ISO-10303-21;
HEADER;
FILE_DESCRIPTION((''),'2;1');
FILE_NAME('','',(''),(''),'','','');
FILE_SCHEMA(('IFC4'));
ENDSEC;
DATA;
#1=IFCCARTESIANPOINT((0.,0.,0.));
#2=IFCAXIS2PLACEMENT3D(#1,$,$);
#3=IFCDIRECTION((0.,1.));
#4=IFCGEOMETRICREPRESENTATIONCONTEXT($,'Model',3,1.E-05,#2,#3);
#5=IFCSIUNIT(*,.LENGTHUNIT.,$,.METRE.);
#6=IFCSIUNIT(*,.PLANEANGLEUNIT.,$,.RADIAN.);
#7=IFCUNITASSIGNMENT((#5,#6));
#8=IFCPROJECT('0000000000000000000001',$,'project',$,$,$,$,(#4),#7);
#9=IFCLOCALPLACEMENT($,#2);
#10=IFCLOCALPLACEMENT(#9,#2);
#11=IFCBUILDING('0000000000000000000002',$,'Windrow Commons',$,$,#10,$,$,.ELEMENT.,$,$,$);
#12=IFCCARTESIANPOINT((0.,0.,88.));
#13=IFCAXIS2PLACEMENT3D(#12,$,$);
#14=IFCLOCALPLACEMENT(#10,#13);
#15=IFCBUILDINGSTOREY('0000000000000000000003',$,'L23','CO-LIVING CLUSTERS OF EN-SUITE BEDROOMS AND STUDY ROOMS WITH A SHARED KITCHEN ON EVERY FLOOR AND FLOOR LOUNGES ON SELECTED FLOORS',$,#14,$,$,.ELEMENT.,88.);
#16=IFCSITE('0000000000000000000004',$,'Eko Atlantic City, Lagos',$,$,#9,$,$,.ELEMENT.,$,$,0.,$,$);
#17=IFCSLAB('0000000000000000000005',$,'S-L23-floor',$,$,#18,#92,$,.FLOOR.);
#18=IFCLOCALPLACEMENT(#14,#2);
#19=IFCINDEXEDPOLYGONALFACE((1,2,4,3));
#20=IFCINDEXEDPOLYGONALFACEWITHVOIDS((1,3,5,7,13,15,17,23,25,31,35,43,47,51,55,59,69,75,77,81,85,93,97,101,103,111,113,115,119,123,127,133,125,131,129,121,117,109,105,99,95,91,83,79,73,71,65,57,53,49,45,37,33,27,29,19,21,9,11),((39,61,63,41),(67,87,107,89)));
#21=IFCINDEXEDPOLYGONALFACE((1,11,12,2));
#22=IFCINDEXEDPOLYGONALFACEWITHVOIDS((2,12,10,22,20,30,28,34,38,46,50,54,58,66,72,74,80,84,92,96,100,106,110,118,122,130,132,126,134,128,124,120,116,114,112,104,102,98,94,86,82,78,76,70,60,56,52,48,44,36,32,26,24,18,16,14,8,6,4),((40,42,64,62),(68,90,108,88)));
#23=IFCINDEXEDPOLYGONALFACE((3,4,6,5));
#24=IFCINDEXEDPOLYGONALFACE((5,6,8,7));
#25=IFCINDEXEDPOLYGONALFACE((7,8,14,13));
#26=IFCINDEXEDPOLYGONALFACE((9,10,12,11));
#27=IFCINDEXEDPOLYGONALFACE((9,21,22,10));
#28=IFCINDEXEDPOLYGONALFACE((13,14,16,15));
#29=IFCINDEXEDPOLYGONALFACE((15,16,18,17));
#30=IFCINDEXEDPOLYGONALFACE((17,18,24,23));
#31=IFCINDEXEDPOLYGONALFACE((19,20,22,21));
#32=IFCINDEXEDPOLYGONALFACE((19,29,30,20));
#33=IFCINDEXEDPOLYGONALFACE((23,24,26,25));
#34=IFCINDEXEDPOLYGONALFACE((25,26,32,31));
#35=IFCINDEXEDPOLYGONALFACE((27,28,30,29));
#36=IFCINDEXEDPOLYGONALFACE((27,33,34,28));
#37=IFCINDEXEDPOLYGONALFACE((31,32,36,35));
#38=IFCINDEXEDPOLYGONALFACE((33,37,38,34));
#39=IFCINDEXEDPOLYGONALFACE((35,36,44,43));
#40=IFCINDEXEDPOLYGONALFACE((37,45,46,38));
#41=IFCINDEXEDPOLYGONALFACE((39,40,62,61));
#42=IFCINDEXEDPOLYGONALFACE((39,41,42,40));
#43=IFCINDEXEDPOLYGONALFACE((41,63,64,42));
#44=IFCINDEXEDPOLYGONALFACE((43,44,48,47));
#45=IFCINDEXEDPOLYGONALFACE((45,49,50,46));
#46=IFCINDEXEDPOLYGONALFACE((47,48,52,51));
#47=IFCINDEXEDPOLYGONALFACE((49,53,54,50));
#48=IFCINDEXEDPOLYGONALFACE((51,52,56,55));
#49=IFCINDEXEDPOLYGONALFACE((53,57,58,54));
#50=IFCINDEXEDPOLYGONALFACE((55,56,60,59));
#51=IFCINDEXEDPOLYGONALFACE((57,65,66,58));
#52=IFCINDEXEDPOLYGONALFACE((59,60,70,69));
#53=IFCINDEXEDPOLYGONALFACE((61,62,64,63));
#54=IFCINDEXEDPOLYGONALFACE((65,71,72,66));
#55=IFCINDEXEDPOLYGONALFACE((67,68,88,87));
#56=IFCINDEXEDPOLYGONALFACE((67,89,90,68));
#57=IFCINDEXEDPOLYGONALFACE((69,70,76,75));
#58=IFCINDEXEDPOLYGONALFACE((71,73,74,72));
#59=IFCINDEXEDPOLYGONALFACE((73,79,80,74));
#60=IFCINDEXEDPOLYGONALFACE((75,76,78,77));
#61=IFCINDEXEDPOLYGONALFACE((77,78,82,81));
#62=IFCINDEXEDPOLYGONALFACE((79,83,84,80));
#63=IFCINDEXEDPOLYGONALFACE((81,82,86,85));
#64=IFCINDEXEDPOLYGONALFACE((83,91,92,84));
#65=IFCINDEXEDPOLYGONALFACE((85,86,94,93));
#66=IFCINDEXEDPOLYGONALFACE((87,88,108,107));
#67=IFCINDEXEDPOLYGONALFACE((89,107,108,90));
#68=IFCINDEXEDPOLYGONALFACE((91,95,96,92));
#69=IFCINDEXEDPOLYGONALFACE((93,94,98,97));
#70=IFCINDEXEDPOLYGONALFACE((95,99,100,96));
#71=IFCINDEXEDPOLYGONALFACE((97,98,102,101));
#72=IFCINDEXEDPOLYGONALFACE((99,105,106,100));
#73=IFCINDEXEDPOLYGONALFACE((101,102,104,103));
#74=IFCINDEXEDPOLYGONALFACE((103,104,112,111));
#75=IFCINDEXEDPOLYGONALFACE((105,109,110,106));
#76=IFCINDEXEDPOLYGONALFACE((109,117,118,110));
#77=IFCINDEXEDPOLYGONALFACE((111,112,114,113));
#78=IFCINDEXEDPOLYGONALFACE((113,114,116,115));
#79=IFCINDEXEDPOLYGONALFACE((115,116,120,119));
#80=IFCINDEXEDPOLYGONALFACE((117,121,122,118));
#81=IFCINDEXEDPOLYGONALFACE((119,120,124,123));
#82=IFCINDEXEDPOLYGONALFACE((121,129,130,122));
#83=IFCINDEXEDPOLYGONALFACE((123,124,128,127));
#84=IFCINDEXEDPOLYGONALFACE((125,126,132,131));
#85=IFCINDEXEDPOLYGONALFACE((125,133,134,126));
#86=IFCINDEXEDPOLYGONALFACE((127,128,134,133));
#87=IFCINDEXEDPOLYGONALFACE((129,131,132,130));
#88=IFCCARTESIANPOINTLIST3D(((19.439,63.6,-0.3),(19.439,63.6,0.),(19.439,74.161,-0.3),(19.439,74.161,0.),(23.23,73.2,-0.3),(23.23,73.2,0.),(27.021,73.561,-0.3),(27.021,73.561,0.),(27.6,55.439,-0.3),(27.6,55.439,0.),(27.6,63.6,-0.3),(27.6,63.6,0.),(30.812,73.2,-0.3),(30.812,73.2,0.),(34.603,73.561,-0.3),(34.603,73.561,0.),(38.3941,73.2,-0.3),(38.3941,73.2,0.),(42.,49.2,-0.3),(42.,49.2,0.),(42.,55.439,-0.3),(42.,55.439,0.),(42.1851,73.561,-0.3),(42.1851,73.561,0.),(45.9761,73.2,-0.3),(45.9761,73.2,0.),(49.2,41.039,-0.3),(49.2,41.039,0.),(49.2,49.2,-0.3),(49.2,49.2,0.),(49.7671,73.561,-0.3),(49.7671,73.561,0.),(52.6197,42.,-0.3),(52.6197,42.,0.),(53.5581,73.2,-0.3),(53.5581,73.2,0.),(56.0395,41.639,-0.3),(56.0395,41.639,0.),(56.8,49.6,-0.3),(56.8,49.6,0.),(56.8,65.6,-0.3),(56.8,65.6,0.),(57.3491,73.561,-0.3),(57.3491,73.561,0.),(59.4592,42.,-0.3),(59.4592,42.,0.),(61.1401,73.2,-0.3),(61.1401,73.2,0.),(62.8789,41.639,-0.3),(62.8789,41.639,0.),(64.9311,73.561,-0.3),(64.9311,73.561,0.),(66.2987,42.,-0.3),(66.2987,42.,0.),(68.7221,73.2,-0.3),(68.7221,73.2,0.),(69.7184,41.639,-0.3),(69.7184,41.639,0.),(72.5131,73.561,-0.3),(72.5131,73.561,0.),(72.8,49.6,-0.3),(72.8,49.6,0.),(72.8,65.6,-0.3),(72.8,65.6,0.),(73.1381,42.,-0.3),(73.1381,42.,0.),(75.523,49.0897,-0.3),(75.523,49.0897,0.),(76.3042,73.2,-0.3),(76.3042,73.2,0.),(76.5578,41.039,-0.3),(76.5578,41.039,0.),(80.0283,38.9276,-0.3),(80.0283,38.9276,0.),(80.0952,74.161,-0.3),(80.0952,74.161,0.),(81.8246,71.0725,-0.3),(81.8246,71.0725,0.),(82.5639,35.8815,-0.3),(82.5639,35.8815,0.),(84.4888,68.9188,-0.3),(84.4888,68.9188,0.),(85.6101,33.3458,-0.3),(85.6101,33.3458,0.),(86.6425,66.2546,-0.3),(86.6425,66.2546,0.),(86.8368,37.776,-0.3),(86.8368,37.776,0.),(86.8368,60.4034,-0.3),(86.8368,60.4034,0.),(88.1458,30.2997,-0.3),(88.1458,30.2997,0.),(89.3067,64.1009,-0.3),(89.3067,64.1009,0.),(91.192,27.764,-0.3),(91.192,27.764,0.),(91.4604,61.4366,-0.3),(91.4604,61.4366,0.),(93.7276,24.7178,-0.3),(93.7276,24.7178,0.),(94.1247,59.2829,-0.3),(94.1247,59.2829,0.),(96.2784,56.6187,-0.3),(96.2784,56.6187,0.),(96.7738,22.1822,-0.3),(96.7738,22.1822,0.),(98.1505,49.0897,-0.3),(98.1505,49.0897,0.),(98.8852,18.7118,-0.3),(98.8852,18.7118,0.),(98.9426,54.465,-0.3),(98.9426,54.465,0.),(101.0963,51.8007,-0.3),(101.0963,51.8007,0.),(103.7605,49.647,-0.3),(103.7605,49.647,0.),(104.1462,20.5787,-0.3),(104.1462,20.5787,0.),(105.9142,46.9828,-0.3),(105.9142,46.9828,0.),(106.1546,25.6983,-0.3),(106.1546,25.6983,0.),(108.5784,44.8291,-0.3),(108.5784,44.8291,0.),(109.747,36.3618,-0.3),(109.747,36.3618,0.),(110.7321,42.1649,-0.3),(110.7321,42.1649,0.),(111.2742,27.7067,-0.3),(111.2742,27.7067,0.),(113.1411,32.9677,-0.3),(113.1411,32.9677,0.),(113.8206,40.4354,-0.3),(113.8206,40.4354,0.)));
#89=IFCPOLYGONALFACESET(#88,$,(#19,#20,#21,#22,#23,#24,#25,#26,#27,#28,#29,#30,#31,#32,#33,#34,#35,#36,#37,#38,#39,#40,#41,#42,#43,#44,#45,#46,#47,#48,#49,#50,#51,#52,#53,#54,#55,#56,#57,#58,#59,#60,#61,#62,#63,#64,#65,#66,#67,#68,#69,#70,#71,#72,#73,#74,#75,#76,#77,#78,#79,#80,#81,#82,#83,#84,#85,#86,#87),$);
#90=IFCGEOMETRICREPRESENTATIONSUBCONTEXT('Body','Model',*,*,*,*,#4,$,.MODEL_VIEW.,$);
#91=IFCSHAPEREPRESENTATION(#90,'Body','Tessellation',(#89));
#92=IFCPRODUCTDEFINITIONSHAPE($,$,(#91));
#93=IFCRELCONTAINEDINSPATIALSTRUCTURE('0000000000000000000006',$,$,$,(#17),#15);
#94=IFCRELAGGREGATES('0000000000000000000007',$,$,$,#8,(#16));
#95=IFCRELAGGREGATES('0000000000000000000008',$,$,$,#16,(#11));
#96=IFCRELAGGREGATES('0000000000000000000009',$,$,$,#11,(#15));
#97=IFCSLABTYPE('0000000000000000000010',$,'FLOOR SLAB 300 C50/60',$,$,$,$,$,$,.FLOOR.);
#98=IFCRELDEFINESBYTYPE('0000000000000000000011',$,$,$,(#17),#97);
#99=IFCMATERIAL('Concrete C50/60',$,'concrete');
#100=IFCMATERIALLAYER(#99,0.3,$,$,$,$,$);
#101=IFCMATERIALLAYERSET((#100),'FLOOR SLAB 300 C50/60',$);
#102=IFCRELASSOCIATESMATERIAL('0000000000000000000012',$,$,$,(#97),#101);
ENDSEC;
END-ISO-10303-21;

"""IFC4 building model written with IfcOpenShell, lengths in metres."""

from ifc_helpers import new_model, si_unit, direction, frame, origin, place, context, subcontext, project, spatial, polyline, outline, extrude, material, layer, layer_set, type_object, element, save


model = new_model("IFC4")

# Units and contexts
model_context = context("Model", 3, precision=1e-05, world=origin(), true_north=direction((0.0, 1.0)))
body_context = subcontext(model_context, "Body", "Model", "MODEL_VIEW")
ifc_project = project(units=[si_unit("LENGTHUNIT", "METRE"), si_unit("PLANEANGLEUNIT", "RADIAN")], contexts=[model_context])

# Site, building, storey
site_placement = place(None, origin())
site = spatial("IfcSite", under=ifc_project, at=site_placement, Name="Eko Atlantic City, Lagos", CompositionType="ELEMENT", RefElevation=0.0)
building_placement = place(site_placement, origin())
building = spatial("IfcBuilding", under=site, at=building_placement, Name="Windrow Commons", CompositionType="ELEMENT")
storey_placement = place(building_placement, frame((0.0, 0.0, 88.0)))
storey = spatial("IfcBuildingStorey", under=building, at=storey_placement, Name="L23", Description="CO-LIVING CLUSTERS OF EN-SUITE BEDROOMS AND STUDY ROOMS WITH A SHARED KITCHEN ON EVERY FLOOR AND FLOOR LOUNGES ON SELECTED FLOORS", CompositionType="ELEMENT", Elevation=88.0)

# Shared definitions
placement_1 = place(storey_placement, frame((0.0, 0.0, -0.3)))

# Slab, openings
ifc_material_1 = material(Name="Concrete C50/60", Category="concrete")
ifc_layer_1 = layer(ifc_material_1, 0.3)
ifc_layer_set_1 = layer_set([ifc_layer_1], Name="FLOOR SLAB 300 C50/60")
slab_type_1 = type_object("IfcSlabType", Name="FLOOR SLAB 300 C50/60", PredefinedType="FLOOR", material=ifc_layer_set_1)
slab_1 = element("IfcSlab", 1, at=placement_1, inside=storey, type_object=slab_type_1, Name="S-L23-floor", PredefinedType="FLOOR", context=body_context, shape_type="SweptSolid", body=[
    extrude(outline(polyline([(96.7738, 22.1822), (98.8852, 18.7118), (104.1462, 20.5787), (106.1546, 25.6983), (111.2742, 27.7067), (113.1411, 32.9677), (109.747, 36.3618), (113.8206, 40.4354), (110.7321, 42.1649), (108.5784, 44.8291), (105.9142, 46.9828), (103.7605, 49.647), (101.0963, 51.8007), (98.9426, 54.465), (96.2784, 56.6187), (94.1247, 59.2829), (91.4604, 61.4366), (89.3067, 64.1009), (86.6425, 66.2546), (84.4888, 68.9188), (81.8246, 71.0725), (80.0952, 74.161), (76.3042, 73.2), (72.5131, 73.561), (68.7221, 73.2), (64.9311, 73.561), (61.1401, 73.2), (57.3491, 73.561), (53.5581, 73.2), (49.7671, 73.561), (45.9761, 73.2), (42.1851, 73.561), (38.3941, 73.2), (34.603, 73.561), (30.812, 73.2), (27.021, 73.561), (23.23, 73.2), (19.439, 74.161), (19.439, 63.6), (27.6, 63.6), (27.6, 55.439), (42.0, 55.439), (42.0, 49.2), (49.2, 49.2), (49.2, 41.039), (52.6197, 42.0), (56.0395, 41.639), (59.4592, 42.0), (62.8789, 41.639), (66.2987, 42.0), (69.7184, 41.639), (73.1381, 42.0), (76.5578, 41.039), (80.0283, 38.9276), (82.5639, 35.8815), (85.6101, 33.3458), (88.1458, 30.2997), (91.192, 27.764), (93.7276, 24.7178), (96.7738, 22.1822)]), holes=[polyline([(75.523, 49.0897), (86.8368, 60.4034), (98.1505, 49.0897), (86.8368, 37.776), (75.523, 49.0897)]), polyline([(56.8, 49.6), (56.8, 65.6), (72.8, 65.6), (72.8, 49.6), (56.8, 49.6)])]), origin(), (0.0, 0.0, 1.0), 0.3),
])
opening_1_placement = place(placement_1, origin())
element("IfcOpeningElement", 2, at=opening_1_placement, cuts=slab_1, PredefinedType="OPENING", context=body_context, shape_type="SweptSolid", body=[
    extrude(outline(polyline([(75.5301, 49.0897), (86.8368, 60.3963), (98.1434, 49.0897), (86.8368, 37.7831), (75.5301, 49.0897)])), origin(), (0.0, 0.0, 1.0), 0.3),
])
opening_2_placement = place(placement_1, origin())
element("IfcOpeningElement", 3, at=opening_2_placement, cuts=slab_1, PredefinedType="OPENING", context=body_context, shape_type="SweptSolid", body=[
    extrude(outline(polyline([(56.805, 49.605), (56.805, 65.595), (72.795, 65.595), (72.795, 49.605), (56.805, 49.605)])), origin(), (0.0, 0.0, 1.0), 0.3),
])

save(model, "model.ifc")
